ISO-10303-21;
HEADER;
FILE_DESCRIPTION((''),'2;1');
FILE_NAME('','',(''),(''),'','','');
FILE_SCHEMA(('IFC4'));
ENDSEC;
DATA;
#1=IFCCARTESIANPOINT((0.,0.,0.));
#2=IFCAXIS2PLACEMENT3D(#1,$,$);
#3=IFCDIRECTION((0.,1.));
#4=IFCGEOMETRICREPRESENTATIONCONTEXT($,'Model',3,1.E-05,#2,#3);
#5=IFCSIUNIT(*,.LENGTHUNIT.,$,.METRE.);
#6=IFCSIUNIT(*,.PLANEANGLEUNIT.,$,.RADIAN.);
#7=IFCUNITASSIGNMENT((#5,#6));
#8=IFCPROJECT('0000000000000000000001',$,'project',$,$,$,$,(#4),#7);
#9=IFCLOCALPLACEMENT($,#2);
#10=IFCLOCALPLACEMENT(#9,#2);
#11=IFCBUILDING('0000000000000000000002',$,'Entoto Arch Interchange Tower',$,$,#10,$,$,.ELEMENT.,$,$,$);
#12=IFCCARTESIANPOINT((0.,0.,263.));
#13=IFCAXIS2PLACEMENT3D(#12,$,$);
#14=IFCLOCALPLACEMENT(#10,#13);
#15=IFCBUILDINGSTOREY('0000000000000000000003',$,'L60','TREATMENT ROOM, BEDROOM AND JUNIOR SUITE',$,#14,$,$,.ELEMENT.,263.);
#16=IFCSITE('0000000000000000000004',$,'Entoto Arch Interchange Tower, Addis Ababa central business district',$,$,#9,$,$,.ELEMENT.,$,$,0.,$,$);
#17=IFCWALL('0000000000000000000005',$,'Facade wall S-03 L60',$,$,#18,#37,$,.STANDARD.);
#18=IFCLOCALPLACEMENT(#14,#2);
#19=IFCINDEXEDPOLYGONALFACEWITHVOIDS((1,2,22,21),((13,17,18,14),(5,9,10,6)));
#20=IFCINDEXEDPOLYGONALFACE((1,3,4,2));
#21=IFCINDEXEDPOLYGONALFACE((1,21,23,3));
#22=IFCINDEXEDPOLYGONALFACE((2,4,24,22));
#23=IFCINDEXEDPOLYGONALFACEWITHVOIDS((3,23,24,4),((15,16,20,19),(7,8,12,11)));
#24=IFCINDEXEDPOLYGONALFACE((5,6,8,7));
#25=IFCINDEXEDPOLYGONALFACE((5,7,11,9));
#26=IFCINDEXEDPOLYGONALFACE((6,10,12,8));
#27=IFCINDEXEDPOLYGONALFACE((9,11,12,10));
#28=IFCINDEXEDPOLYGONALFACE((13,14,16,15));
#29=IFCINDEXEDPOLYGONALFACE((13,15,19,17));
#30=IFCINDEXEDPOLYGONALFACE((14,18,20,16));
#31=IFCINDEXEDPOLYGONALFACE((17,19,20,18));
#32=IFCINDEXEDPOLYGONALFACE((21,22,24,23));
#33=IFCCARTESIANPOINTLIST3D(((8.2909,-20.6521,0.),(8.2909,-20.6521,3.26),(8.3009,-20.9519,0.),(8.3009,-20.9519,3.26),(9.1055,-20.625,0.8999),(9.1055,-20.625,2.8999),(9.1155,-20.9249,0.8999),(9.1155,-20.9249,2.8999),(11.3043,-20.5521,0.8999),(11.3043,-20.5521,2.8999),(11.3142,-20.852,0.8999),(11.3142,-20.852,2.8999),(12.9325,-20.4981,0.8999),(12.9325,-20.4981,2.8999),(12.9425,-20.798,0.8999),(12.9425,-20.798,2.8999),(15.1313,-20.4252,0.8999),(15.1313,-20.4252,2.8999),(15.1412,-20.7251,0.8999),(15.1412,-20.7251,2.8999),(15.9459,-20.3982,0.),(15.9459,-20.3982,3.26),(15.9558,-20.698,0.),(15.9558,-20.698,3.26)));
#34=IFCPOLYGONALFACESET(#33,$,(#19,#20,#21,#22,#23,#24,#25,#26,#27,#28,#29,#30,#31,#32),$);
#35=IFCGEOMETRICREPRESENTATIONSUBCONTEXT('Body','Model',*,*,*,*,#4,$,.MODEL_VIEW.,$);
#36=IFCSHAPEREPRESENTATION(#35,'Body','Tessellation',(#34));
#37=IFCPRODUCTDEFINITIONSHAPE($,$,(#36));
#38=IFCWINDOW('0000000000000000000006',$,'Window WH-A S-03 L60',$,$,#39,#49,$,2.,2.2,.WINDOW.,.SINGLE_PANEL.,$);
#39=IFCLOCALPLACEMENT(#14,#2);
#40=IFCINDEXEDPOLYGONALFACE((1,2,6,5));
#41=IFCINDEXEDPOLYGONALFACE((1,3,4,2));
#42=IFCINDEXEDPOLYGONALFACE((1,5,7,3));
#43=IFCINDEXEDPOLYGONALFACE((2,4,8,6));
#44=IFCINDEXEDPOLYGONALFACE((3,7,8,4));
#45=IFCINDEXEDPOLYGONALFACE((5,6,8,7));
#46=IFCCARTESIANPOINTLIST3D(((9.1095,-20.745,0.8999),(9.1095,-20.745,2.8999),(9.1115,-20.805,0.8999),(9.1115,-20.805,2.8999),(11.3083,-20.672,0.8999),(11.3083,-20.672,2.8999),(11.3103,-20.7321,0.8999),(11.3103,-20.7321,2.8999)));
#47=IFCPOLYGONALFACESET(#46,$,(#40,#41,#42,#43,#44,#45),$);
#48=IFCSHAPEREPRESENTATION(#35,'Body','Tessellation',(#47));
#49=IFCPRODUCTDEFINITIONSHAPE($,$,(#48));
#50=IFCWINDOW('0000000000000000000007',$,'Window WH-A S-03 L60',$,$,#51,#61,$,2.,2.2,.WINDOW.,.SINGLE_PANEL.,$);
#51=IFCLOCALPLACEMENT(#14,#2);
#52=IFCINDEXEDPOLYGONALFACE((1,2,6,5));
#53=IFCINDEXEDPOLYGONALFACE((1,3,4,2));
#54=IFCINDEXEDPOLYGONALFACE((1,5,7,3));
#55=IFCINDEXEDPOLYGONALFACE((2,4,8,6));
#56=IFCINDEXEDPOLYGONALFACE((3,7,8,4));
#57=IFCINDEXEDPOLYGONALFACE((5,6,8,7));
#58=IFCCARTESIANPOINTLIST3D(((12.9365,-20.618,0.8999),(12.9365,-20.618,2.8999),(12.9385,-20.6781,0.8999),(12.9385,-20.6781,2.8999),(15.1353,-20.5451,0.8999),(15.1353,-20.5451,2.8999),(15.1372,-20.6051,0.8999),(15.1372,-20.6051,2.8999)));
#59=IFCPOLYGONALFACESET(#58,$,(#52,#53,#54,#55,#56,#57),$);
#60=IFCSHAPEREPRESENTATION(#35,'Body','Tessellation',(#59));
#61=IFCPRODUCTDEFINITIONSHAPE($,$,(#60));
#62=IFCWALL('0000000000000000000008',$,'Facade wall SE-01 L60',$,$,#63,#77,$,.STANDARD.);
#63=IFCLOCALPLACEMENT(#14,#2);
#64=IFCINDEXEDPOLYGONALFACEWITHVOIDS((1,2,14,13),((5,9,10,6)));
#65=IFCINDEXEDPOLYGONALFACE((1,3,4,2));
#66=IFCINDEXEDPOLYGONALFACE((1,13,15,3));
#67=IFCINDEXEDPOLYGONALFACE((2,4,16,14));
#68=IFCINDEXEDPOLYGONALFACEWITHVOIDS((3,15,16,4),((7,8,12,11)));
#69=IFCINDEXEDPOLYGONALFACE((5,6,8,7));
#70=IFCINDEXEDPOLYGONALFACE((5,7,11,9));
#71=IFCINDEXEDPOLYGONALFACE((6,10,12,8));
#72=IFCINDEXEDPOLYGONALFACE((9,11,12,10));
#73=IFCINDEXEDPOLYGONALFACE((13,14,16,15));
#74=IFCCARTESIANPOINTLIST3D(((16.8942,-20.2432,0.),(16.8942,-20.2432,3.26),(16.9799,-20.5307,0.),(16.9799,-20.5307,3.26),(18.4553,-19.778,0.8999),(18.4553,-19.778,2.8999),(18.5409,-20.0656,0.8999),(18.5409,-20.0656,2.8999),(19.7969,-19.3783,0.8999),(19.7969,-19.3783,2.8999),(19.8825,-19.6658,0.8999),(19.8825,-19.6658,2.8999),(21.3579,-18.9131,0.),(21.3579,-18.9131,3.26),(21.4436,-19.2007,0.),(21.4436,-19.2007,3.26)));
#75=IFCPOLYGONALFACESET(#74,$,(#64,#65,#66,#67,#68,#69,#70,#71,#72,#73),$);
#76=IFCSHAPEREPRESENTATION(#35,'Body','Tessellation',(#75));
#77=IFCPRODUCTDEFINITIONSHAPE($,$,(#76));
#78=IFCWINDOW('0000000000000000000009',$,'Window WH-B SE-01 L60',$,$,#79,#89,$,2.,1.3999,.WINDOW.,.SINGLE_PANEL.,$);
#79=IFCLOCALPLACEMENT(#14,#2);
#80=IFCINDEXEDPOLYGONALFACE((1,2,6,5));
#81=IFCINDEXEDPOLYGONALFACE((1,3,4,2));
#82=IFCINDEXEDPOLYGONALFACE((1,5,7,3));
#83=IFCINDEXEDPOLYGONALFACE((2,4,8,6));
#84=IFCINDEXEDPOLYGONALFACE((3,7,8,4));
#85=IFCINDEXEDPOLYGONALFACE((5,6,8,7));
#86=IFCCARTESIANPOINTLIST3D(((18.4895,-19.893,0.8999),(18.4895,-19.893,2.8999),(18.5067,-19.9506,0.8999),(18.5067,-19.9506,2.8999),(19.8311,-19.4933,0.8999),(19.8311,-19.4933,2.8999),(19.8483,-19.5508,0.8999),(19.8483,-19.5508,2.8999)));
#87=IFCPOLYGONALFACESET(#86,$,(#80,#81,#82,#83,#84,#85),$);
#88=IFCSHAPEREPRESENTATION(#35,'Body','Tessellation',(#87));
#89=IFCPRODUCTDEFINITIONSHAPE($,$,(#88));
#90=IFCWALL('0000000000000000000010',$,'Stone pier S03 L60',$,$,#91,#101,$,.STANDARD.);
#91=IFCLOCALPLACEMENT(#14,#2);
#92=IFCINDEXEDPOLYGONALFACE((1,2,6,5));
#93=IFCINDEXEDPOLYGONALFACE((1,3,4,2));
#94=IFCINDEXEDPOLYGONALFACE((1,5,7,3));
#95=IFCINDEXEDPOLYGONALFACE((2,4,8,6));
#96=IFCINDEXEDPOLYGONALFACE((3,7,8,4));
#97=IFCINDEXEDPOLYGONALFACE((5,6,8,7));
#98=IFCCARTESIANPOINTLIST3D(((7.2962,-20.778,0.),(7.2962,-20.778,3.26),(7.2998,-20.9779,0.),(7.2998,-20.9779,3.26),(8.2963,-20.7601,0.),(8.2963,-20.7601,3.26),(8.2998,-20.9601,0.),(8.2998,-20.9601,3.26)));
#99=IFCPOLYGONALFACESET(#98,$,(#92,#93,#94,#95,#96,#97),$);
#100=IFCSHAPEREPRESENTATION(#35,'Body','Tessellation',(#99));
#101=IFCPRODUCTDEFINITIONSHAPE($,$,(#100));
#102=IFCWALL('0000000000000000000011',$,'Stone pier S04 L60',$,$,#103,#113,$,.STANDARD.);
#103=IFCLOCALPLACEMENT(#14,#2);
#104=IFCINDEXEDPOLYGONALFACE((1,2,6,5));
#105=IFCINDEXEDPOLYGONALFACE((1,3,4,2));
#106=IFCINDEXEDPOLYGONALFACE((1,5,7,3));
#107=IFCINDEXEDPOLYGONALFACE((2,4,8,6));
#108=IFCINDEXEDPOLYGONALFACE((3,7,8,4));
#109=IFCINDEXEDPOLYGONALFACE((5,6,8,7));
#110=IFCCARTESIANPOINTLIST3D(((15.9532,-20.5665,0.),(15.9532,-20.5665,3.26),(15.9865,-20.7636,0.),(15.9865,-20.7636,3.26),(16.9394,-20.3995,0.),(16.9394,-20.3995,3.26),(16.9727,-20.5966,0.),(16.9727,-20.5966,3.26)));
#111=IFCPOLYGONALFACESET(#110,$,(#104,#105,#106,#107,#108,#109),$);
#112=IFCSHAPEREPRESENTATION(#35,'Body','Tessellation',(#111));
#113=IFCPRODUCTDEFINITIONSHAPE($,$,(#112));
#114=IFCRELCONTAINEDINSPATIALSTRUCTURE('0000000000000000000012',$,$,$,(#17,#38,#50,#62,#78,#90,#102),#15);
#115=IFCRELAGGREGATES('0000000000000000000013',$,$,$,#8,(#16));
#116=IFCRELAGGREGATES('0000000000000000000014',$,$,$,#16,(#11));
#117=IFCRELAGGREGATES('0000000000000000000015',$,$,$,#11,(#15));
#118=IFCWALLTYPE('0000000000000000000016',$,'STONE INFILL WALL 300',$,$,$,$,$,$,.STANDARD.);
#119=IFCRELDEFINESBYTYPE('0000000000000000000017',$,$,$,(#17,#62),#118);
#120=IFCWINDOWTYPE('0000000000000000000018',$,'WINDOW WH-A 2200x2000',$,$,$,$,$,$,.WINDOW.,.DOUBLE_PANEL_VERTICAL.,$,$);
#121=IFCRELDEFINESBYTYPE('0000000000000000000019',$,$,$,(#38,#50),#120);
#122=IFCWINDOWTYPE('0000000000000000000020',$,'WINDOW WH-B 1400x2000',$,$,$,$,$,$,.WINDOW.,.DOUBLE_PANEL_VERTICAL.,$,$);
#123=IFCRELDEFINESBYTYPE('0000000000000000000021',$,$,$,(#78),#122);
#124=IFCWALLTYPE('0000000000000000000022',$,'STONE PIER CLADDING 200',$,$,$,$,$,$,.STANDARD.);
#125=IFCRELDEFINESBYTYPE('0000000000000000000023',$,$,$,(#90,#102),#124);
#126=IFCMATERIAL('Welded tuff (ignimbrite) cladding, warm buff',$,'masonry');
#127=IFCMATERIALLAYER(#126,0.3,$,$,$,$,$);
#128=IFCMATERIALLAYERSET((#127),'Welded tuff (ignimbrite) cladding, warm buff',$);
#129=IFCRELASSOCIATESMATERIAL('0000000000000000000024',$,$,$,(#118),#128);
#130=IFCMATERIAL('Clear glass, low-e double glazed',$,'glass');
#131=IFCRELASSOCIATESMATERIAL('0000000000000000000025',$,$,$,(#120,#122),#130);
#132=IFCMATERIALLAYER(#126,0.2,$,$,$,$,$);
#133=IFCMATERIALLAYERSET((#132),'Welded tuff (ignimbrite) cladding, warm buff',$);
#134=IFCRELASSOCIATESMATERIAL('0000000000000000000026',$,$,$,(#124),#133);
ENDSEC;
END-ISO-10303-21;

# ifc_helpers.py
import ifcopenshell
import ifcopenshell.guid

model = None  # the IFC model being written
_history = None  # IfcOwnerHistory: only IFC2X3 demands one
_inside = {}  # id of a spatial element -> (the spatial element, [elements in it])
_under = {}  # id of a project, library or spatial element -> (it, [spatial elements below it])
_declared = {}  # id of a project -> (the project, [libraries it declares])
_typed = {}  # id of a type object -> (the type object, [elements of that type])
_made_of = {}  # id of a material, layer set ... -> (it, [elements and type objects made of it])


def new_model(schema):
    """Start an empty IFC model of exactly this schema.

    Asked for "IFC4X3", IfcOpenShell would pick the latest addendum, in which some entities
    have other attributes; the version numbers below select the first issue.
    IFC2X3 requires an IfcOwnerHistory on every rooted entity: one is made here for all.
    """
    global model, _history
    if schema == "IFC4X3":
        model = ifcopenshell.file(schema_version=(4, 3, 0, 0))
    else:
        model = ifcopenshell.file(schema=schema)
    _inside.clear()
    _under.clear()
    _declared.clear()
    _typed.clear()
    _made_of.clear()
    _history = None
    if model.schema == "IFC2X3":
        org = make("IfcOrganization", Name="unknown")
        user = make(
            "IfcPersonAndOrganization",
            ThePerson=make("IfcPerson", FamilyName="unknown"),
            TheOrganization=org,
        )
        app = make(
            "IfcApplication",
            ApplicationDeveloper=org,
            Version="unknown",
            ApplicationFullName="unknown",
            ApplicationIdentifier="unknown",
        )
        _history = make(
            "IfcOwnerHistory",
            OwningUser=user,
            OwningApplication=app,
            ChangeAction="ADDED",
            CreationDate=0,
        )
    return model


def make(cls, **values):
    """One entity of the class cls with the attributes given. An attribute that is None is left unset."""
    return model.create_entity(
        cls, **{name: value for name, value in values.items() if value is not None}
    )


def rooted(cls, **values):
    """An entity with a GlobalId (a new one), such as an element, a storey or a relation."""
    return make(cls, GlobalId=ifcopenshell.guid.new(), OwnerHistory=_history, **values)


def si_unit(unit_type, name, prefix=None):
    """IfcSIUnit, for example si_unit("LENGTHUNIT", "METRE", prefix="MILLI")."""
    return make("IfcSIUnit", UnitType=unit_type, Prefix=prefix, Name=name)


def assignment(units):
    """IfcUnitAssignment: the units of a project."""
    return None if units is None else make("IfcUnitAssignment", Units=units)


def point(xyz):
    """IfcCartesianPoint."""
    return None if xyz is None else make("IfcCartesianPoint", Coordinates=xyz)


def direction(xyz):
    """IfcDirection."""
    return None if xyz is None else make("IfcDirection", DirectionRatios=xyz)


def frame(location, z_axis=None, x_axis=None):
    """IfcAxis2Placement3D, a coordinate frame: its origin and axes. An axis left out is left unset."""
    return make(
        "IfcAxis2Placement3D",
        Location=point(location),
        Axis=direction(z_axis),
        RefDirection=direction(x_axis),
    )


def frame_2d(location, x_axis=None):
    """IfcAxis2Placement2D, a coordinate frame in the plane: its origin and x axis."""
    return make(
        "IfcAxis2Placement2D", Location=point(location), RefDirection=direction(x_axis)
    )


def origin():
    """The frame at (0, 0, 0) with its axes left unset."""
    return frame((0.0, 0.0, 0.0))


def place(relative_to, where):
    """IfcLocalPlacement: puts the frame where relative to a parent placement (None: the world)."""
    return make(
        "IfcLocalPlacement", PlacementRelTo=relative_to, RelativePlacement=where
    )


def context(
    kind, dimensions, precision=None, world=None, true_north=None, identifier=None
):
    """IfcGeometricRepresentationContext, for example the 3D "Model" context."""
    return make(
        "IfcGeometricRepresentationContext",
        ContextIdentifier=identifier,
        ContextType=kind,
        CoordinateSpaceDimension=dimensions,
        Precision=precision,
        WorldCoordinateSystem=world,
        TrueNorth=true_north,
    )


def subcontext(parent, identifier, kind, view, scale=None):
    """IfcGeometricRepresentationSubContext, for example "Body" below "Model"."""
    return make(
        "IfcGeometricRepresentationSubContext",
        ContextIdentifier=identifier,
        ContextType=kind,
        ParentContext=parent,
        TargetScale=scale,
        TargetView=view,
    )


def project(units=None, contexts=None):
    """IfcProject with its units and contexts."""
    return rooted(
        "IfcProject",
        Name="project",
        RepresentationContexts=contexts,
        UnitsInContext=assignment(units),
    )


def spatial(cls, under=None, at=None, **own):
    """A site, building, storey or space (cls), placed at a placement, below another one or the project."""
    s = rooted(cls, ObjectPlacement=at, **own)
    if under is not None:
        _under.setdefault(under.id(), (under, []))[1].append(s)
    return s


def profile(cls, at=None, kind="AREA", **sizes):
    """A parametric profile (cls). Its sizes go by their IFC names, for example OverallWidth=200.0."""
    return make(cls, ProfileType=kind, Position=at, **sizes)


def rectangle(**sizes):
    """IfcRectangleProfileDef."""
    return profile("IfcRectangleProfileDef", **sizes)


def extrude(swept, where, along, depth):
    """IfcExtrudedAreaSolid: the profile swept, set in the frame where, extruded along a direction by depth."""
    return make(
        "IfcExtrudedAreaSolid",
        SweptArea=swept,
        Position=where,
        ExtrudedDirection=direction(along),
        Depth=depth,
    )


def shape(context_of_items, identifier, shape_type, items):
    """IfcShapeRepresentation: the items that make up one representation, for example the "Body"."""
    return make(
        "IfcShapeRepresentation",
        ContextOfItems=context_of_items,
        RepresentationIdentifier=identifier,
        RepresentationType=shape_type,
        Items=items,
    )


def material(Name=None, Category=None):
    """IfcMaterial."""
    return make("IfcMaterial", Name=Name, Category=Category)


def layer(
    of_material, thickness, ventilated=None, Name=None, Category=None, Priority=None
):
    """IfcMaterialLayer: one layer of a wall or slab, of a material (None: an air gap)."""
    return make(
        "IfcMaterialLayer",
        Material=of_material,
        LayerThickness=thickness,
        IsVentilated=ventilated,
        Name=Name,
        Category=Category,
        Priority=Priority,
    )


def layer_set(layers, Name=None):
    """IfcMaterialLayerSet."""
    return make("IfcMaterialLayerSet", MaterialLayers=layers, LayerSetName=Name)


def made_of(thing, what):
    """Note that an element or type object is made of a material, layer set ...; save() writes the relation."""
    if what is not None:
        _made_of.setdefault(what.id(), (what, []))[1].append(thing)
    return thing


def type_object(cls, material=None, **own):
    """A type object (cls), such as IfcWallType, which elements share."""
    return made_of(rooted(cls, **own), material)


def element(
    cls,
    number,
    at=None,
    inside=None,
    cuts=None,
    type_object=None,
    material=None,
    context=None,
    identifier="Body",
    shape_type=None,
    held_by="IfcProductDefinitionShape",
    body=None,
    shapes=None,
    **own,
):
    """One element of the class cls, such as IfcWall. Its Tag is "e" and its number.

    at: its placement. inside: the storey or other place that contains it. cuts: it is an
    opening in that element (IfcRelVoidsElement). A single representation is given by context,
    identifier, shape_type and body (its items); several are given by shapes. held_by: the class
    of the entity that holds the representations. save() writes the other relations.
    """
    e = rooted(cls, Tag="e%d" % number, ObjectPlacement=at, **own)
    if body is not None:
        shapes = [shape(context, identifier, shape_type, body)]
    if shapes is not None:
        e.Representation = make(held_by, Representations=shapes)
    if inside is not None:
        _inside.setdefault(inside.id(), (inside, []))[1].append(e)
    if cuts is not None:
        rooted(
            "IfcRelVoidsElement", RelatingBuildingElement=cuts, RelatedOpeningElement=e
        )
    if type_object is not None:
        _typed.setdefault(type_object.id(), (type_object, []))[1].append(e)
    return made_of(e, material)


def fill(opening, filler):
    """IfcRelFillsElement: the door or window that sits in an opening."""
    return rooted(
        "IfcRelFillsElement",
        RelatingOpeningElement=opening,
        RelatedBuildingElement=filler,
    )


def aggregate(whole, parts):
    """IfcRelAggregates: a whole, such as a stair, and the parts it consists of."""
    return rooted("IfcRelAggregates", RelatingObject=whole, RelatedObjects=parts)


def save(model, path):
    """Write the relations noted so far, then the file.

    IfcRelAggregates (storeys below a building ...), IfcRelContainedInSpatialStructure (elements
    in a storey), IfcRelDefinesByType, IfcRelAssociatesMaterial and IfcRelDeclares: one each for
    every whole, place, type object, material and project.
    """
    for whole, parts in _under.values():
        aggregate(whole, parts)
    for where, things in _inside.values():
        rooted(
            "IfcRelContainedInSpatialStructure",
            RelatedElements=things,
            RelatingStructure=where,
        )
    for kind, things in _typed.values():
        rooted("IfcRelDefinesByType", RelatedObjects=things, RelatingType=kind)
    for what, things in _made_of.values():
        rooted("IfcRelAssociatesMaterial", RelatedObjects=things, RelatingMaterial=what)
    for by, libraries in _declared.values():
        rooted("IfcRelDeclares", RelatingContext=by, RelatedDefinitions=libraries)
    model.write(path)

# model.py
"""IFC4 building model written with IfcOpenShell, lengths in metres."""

from ifc_helpers import new_model, si_unit, direction, frame, frame_2d, origin, place, context, subcontext, project, spatial, rectangle, extrude, material, layer, layer_set, type_object, element, fill, save


model = new_model("IFC4")

# Units and contexts
model_context = context("Model", 3, precision=1e-05, world=origin(), true_north=direction((0.0, 1.0)))
body_context = subcontext(model_context, "Body", "Model", "MODEL_VIEW")
ifc_project = project(units=[si_unit("LENGTHUNIT", "METRE"), si_unit("PLANEANGLEUNIT", "RADIAN")], contexts=[model_context])

# Site, building, storey
site_placement = place(None, origin())
site = spatial("IfcSite", under=ifc_project, at=site_placement, Name="Entoto Arch Interchange Tower, Addis Ababa central business district", CompositionType="ELEMENT", RefElevation=0.0)
building_placement = place(site_placement, origin())
building = spatial("IfcBuilding", under=site, at=building_placement, Name="Entoto Arch Interchange Tower", CompositionType="ELEMENT")
storey_placement = place(building_placement, frame((0.0, 0.0, 263.0)))
storey = spatial("IfcBuildingStorey", under=building, at=storey_placement, Name="L60", Description="TREATMENT ROOM, BEDROOM AND JUNIOR SUITE", CompositionType="ELEMENT", Elevation=263.0)

# Wall, openings, windows
ifc_material_1 = material(Name="Welded tuff (ignimbrite) cladding, warm buff", Category="masonry")
ifc_layer_1 = layer(ifc_material_1, 0.3)
ifc_layer_set_1 = layer_set([ifc_layer_1], Name="Welded tuff (ignimbrite) cladding, warm buff")
wall_type_1 = type_object("IfcWallType", Name="STONE INFILL WALL 300", PredefinedType="STANDARD", material=ifc_layer_set_1)
wall_1_placement = place(storey_placement, frame((8.2959, -20.802, 0.0), z_axis=(0.0, 0.0, 1.0), x_axis=(0.99945, 0.03315, 0.0)))
wall_1 = element("IfcWall", 1, at=wall_1_placement, inside=storey, type_object=wall_type_1, Name="Facade wall S-03 L60", PredefinedType="STANDARD", context=body_context, shape_type="SweptSolid", body=[
    extrude(rectangle(XDim=7.6592, YDim=0.3, at=frame_2d((3.8296, 0.0))), origin(), (0.0, 0.0, 1.0), 3.26),
])
opening_1_placement = place(wall_1_placement, frame((0.8149, 0.0, 0.8999)))
opening_1 = element("IfcOpeningElement", 2, at=opening_1_placement, cuts=wall_1, PredefinedType="OPENING", context=body_context, shape_type="SweptSolid", body=[
    extrude(rectangle(XDim=2.2, YDim=2.0, at=frame_2d((1.1001, 1.0))), frame((0.0, 0.1602, 0.0), z_axis=(0.0, -1.0, 0.0), x_axis=(1.0, 0.0, 0.0)), (0.0, 0.0, 1.0), 0.3201),
])
opening_2_placement = place(wall_1_placement, frame((4.644, 0.0, 0.8999)))
opening_2 = element("IfcOpeningElement", 3, at=opening_2_placement, cuts=wall_1, PredefinedType="OPENING", context=body_context, shape_type="SweptSolid", body=[
    extrude(rectangle(XDim=2.2, YDim=2.0, at=frame_2d((1.1001, 1.0))), frame((0.0, 0.1602, 0.0), z_axis=(0.0, -1.0, 0.0), x_axis=(1.0, 0.0, 0.0)), (0.0, 0.0, 1.0), 0.3201),
])
ifc_material_2 = material(Name="Clear glass, low-e double glazed", Category="glass")
window_type_1 = type_object("IfcWindowType", Name="WINDOW WH-A 2200x2000", PartitioningType="DOUBLE_PANEL_VERTICAL", PredefinedType="WINDOW", material=ifc_material_2)
window_1_placement = place(opening_1_placement, origin())
window_1 = element("IfcWindow", 4, at=window_1_placement, inside=storey, type_object=window_type_1, Name="Window WH-A S-03 L60", OverallHeight=2.0, OverallWidth=2.2, PartitioningType="SINGLE_PANEL", PredefinedType="WINDOW", context=body_context, shape_type="SweptSolid", body=[
    extrude(rectangle(XDim=2.2, YDim=2.0, at=frame_2d((1.1001, 1.0))), frame((0.0, 0.03, 0.0), z_axis=(0.0, -1.0, 0.0), x_axis=(1.0, 0.0, 0.0)), (0.0, 0.0, 1.0), 0.0601),
])
fill(opening_1, window_1)
window_2_placement = place(opening_2_placement, origin())
window_2 = element("IfcWindow", 5, at=window_2_placement, inside=storey, type_object=window_type_1, Name="Window WH-A S-03 L60", OverallHeight=2.0, OverallWidth=2.2, PartitioningType="SINGLE_PANEL", PredefinedType="WINDOW", context=body_context, shape_type="SweptSolid", body=[
    extrude(rectangle(XDim=2.2, YDim=2.0, at=frame_2d((1.1001, 1.0))), frame((0.0, 0.03, 0.0), z_axis=(0.0, -1.0, 0.0), x_axis=(1.0, 0.0, 0.0)), (0.0, 0.0, 1.0), 0.0601),
])
fill(opening_2, window_2)

# Wall, opening, window
wall_2_placement = place(storey_placement, frame((16.937, -20.387, 0.0), z_axis=(0.0, 0.0, 1.0), x_axis=(0.958361, 0.285559, 0.0)))
wall_2 = element("IfcWall", 6, at=wall_2_placement, inside=storey, type_object=wall_type_1, Name="Facade wall SE-01 L60", PredefinedType="STANDARD", context=body_context, shape_type="SweptSolid", body=[
    extrude(rectangle(XDim=4.6577, YDim=0.3, at=frame_2d((2.3289, 0.0))), origin(), (0.0, 0.0, 1.0), 3.26),
])
opening_3_placement = place(wall_2_placement, frame((1.6289, 0.0, 0.8999)))
opening_3 = element("IfcOpeningElement", 7, at=opening_3_placement, cuts=wall_2, PredefinedType="OPENING", context=body_context, shape_type="SweptSolid", body=[
    extrude(rectangle(XDim=1.3999, YDim=2.0, at=frame_2d((0.7, 1.0))), frame((0.0, 0.1602, 0.0), z_axis=(0.0, -1.0, 0.0), x_axis=(1.0, 0.0, 0.0)), (0.0, 0.0, 1.0), 0.3201),
])
window_type_2 = type_object("IfcWindowType", Name="WINDOW WH-B 1400x2000", PartitioningType="DOUBLE_PANEL_VERTICAL", PredefinedType="WINDOW", material=ifc_material_2)
window_3_placement = place(opening_3_placement, origin())
window_3 = element("IfcWindow", 8, at=window_3_placement, inside=storey, type_object=window_type_2, Name="Window WH-B SE-01 L60", OverallHeight=2.0, OverallWidth=1.3999, PartitioningType="SINGLE_PANEL", PredefinedType="WINDOW", context=body_context, shape_type="SweptSolid", body=[
    extrude(rectangle(XDim=1.3999, YDim=2.0, at=frame_2d((0.7, 1.0))), frame((0.0, 0.03, 0.0), z_axis=(0.0, -1.0, 0.0), x_axis=(1.0, 0.0, 0.0)), (0.0, 0.0, 1.0), 0.0601),
])
fill(opening_3, window_3)

# Walls
ifc_layer_2 = layer(ifc_material_1, 0.2)
ifc_layer_set_2 = layer_set([ifc_layer_2], Name="Welded tuff (ignimbrite) cladding, warm buff")
wall_type_2 = type_object("IfcWallType", Name="STONE PIER CLADDING 200", PredefinedType="STANDARD", material=ifc_layer_set_2)
for number, where, z_axis, x_axis, name in (
    (9, (7.2981, -20.8779, 0.0), (0.0, 0.0, 1.0), (0.999841, 0.017819, 0.0), "Stone pier S03 L60"),
    (10, (15.97, -20.665, 0.0), (0.0, 0.0, 1.0), (0.985962, 0.166971, 0.0), "Stone pier S04 L60"),
):
    element("IfcWall", number, at=place(storey_placement, frame(where, z_axis=z_axis, x_axis=x_axis)), inside=storey, type_object=wall_type_2, Name=name, PredefinedType="STANDARD", context=body_context, shape_type="SweptSolid", body=[
        extrude(rectangle(XDim=1.0002, YDim=0.2, at=frame_2d((0.5, 0.0))), origin(), (0.0, 0.0, 1.0), 3.26),
    ])

save(model, "model.ifc")
